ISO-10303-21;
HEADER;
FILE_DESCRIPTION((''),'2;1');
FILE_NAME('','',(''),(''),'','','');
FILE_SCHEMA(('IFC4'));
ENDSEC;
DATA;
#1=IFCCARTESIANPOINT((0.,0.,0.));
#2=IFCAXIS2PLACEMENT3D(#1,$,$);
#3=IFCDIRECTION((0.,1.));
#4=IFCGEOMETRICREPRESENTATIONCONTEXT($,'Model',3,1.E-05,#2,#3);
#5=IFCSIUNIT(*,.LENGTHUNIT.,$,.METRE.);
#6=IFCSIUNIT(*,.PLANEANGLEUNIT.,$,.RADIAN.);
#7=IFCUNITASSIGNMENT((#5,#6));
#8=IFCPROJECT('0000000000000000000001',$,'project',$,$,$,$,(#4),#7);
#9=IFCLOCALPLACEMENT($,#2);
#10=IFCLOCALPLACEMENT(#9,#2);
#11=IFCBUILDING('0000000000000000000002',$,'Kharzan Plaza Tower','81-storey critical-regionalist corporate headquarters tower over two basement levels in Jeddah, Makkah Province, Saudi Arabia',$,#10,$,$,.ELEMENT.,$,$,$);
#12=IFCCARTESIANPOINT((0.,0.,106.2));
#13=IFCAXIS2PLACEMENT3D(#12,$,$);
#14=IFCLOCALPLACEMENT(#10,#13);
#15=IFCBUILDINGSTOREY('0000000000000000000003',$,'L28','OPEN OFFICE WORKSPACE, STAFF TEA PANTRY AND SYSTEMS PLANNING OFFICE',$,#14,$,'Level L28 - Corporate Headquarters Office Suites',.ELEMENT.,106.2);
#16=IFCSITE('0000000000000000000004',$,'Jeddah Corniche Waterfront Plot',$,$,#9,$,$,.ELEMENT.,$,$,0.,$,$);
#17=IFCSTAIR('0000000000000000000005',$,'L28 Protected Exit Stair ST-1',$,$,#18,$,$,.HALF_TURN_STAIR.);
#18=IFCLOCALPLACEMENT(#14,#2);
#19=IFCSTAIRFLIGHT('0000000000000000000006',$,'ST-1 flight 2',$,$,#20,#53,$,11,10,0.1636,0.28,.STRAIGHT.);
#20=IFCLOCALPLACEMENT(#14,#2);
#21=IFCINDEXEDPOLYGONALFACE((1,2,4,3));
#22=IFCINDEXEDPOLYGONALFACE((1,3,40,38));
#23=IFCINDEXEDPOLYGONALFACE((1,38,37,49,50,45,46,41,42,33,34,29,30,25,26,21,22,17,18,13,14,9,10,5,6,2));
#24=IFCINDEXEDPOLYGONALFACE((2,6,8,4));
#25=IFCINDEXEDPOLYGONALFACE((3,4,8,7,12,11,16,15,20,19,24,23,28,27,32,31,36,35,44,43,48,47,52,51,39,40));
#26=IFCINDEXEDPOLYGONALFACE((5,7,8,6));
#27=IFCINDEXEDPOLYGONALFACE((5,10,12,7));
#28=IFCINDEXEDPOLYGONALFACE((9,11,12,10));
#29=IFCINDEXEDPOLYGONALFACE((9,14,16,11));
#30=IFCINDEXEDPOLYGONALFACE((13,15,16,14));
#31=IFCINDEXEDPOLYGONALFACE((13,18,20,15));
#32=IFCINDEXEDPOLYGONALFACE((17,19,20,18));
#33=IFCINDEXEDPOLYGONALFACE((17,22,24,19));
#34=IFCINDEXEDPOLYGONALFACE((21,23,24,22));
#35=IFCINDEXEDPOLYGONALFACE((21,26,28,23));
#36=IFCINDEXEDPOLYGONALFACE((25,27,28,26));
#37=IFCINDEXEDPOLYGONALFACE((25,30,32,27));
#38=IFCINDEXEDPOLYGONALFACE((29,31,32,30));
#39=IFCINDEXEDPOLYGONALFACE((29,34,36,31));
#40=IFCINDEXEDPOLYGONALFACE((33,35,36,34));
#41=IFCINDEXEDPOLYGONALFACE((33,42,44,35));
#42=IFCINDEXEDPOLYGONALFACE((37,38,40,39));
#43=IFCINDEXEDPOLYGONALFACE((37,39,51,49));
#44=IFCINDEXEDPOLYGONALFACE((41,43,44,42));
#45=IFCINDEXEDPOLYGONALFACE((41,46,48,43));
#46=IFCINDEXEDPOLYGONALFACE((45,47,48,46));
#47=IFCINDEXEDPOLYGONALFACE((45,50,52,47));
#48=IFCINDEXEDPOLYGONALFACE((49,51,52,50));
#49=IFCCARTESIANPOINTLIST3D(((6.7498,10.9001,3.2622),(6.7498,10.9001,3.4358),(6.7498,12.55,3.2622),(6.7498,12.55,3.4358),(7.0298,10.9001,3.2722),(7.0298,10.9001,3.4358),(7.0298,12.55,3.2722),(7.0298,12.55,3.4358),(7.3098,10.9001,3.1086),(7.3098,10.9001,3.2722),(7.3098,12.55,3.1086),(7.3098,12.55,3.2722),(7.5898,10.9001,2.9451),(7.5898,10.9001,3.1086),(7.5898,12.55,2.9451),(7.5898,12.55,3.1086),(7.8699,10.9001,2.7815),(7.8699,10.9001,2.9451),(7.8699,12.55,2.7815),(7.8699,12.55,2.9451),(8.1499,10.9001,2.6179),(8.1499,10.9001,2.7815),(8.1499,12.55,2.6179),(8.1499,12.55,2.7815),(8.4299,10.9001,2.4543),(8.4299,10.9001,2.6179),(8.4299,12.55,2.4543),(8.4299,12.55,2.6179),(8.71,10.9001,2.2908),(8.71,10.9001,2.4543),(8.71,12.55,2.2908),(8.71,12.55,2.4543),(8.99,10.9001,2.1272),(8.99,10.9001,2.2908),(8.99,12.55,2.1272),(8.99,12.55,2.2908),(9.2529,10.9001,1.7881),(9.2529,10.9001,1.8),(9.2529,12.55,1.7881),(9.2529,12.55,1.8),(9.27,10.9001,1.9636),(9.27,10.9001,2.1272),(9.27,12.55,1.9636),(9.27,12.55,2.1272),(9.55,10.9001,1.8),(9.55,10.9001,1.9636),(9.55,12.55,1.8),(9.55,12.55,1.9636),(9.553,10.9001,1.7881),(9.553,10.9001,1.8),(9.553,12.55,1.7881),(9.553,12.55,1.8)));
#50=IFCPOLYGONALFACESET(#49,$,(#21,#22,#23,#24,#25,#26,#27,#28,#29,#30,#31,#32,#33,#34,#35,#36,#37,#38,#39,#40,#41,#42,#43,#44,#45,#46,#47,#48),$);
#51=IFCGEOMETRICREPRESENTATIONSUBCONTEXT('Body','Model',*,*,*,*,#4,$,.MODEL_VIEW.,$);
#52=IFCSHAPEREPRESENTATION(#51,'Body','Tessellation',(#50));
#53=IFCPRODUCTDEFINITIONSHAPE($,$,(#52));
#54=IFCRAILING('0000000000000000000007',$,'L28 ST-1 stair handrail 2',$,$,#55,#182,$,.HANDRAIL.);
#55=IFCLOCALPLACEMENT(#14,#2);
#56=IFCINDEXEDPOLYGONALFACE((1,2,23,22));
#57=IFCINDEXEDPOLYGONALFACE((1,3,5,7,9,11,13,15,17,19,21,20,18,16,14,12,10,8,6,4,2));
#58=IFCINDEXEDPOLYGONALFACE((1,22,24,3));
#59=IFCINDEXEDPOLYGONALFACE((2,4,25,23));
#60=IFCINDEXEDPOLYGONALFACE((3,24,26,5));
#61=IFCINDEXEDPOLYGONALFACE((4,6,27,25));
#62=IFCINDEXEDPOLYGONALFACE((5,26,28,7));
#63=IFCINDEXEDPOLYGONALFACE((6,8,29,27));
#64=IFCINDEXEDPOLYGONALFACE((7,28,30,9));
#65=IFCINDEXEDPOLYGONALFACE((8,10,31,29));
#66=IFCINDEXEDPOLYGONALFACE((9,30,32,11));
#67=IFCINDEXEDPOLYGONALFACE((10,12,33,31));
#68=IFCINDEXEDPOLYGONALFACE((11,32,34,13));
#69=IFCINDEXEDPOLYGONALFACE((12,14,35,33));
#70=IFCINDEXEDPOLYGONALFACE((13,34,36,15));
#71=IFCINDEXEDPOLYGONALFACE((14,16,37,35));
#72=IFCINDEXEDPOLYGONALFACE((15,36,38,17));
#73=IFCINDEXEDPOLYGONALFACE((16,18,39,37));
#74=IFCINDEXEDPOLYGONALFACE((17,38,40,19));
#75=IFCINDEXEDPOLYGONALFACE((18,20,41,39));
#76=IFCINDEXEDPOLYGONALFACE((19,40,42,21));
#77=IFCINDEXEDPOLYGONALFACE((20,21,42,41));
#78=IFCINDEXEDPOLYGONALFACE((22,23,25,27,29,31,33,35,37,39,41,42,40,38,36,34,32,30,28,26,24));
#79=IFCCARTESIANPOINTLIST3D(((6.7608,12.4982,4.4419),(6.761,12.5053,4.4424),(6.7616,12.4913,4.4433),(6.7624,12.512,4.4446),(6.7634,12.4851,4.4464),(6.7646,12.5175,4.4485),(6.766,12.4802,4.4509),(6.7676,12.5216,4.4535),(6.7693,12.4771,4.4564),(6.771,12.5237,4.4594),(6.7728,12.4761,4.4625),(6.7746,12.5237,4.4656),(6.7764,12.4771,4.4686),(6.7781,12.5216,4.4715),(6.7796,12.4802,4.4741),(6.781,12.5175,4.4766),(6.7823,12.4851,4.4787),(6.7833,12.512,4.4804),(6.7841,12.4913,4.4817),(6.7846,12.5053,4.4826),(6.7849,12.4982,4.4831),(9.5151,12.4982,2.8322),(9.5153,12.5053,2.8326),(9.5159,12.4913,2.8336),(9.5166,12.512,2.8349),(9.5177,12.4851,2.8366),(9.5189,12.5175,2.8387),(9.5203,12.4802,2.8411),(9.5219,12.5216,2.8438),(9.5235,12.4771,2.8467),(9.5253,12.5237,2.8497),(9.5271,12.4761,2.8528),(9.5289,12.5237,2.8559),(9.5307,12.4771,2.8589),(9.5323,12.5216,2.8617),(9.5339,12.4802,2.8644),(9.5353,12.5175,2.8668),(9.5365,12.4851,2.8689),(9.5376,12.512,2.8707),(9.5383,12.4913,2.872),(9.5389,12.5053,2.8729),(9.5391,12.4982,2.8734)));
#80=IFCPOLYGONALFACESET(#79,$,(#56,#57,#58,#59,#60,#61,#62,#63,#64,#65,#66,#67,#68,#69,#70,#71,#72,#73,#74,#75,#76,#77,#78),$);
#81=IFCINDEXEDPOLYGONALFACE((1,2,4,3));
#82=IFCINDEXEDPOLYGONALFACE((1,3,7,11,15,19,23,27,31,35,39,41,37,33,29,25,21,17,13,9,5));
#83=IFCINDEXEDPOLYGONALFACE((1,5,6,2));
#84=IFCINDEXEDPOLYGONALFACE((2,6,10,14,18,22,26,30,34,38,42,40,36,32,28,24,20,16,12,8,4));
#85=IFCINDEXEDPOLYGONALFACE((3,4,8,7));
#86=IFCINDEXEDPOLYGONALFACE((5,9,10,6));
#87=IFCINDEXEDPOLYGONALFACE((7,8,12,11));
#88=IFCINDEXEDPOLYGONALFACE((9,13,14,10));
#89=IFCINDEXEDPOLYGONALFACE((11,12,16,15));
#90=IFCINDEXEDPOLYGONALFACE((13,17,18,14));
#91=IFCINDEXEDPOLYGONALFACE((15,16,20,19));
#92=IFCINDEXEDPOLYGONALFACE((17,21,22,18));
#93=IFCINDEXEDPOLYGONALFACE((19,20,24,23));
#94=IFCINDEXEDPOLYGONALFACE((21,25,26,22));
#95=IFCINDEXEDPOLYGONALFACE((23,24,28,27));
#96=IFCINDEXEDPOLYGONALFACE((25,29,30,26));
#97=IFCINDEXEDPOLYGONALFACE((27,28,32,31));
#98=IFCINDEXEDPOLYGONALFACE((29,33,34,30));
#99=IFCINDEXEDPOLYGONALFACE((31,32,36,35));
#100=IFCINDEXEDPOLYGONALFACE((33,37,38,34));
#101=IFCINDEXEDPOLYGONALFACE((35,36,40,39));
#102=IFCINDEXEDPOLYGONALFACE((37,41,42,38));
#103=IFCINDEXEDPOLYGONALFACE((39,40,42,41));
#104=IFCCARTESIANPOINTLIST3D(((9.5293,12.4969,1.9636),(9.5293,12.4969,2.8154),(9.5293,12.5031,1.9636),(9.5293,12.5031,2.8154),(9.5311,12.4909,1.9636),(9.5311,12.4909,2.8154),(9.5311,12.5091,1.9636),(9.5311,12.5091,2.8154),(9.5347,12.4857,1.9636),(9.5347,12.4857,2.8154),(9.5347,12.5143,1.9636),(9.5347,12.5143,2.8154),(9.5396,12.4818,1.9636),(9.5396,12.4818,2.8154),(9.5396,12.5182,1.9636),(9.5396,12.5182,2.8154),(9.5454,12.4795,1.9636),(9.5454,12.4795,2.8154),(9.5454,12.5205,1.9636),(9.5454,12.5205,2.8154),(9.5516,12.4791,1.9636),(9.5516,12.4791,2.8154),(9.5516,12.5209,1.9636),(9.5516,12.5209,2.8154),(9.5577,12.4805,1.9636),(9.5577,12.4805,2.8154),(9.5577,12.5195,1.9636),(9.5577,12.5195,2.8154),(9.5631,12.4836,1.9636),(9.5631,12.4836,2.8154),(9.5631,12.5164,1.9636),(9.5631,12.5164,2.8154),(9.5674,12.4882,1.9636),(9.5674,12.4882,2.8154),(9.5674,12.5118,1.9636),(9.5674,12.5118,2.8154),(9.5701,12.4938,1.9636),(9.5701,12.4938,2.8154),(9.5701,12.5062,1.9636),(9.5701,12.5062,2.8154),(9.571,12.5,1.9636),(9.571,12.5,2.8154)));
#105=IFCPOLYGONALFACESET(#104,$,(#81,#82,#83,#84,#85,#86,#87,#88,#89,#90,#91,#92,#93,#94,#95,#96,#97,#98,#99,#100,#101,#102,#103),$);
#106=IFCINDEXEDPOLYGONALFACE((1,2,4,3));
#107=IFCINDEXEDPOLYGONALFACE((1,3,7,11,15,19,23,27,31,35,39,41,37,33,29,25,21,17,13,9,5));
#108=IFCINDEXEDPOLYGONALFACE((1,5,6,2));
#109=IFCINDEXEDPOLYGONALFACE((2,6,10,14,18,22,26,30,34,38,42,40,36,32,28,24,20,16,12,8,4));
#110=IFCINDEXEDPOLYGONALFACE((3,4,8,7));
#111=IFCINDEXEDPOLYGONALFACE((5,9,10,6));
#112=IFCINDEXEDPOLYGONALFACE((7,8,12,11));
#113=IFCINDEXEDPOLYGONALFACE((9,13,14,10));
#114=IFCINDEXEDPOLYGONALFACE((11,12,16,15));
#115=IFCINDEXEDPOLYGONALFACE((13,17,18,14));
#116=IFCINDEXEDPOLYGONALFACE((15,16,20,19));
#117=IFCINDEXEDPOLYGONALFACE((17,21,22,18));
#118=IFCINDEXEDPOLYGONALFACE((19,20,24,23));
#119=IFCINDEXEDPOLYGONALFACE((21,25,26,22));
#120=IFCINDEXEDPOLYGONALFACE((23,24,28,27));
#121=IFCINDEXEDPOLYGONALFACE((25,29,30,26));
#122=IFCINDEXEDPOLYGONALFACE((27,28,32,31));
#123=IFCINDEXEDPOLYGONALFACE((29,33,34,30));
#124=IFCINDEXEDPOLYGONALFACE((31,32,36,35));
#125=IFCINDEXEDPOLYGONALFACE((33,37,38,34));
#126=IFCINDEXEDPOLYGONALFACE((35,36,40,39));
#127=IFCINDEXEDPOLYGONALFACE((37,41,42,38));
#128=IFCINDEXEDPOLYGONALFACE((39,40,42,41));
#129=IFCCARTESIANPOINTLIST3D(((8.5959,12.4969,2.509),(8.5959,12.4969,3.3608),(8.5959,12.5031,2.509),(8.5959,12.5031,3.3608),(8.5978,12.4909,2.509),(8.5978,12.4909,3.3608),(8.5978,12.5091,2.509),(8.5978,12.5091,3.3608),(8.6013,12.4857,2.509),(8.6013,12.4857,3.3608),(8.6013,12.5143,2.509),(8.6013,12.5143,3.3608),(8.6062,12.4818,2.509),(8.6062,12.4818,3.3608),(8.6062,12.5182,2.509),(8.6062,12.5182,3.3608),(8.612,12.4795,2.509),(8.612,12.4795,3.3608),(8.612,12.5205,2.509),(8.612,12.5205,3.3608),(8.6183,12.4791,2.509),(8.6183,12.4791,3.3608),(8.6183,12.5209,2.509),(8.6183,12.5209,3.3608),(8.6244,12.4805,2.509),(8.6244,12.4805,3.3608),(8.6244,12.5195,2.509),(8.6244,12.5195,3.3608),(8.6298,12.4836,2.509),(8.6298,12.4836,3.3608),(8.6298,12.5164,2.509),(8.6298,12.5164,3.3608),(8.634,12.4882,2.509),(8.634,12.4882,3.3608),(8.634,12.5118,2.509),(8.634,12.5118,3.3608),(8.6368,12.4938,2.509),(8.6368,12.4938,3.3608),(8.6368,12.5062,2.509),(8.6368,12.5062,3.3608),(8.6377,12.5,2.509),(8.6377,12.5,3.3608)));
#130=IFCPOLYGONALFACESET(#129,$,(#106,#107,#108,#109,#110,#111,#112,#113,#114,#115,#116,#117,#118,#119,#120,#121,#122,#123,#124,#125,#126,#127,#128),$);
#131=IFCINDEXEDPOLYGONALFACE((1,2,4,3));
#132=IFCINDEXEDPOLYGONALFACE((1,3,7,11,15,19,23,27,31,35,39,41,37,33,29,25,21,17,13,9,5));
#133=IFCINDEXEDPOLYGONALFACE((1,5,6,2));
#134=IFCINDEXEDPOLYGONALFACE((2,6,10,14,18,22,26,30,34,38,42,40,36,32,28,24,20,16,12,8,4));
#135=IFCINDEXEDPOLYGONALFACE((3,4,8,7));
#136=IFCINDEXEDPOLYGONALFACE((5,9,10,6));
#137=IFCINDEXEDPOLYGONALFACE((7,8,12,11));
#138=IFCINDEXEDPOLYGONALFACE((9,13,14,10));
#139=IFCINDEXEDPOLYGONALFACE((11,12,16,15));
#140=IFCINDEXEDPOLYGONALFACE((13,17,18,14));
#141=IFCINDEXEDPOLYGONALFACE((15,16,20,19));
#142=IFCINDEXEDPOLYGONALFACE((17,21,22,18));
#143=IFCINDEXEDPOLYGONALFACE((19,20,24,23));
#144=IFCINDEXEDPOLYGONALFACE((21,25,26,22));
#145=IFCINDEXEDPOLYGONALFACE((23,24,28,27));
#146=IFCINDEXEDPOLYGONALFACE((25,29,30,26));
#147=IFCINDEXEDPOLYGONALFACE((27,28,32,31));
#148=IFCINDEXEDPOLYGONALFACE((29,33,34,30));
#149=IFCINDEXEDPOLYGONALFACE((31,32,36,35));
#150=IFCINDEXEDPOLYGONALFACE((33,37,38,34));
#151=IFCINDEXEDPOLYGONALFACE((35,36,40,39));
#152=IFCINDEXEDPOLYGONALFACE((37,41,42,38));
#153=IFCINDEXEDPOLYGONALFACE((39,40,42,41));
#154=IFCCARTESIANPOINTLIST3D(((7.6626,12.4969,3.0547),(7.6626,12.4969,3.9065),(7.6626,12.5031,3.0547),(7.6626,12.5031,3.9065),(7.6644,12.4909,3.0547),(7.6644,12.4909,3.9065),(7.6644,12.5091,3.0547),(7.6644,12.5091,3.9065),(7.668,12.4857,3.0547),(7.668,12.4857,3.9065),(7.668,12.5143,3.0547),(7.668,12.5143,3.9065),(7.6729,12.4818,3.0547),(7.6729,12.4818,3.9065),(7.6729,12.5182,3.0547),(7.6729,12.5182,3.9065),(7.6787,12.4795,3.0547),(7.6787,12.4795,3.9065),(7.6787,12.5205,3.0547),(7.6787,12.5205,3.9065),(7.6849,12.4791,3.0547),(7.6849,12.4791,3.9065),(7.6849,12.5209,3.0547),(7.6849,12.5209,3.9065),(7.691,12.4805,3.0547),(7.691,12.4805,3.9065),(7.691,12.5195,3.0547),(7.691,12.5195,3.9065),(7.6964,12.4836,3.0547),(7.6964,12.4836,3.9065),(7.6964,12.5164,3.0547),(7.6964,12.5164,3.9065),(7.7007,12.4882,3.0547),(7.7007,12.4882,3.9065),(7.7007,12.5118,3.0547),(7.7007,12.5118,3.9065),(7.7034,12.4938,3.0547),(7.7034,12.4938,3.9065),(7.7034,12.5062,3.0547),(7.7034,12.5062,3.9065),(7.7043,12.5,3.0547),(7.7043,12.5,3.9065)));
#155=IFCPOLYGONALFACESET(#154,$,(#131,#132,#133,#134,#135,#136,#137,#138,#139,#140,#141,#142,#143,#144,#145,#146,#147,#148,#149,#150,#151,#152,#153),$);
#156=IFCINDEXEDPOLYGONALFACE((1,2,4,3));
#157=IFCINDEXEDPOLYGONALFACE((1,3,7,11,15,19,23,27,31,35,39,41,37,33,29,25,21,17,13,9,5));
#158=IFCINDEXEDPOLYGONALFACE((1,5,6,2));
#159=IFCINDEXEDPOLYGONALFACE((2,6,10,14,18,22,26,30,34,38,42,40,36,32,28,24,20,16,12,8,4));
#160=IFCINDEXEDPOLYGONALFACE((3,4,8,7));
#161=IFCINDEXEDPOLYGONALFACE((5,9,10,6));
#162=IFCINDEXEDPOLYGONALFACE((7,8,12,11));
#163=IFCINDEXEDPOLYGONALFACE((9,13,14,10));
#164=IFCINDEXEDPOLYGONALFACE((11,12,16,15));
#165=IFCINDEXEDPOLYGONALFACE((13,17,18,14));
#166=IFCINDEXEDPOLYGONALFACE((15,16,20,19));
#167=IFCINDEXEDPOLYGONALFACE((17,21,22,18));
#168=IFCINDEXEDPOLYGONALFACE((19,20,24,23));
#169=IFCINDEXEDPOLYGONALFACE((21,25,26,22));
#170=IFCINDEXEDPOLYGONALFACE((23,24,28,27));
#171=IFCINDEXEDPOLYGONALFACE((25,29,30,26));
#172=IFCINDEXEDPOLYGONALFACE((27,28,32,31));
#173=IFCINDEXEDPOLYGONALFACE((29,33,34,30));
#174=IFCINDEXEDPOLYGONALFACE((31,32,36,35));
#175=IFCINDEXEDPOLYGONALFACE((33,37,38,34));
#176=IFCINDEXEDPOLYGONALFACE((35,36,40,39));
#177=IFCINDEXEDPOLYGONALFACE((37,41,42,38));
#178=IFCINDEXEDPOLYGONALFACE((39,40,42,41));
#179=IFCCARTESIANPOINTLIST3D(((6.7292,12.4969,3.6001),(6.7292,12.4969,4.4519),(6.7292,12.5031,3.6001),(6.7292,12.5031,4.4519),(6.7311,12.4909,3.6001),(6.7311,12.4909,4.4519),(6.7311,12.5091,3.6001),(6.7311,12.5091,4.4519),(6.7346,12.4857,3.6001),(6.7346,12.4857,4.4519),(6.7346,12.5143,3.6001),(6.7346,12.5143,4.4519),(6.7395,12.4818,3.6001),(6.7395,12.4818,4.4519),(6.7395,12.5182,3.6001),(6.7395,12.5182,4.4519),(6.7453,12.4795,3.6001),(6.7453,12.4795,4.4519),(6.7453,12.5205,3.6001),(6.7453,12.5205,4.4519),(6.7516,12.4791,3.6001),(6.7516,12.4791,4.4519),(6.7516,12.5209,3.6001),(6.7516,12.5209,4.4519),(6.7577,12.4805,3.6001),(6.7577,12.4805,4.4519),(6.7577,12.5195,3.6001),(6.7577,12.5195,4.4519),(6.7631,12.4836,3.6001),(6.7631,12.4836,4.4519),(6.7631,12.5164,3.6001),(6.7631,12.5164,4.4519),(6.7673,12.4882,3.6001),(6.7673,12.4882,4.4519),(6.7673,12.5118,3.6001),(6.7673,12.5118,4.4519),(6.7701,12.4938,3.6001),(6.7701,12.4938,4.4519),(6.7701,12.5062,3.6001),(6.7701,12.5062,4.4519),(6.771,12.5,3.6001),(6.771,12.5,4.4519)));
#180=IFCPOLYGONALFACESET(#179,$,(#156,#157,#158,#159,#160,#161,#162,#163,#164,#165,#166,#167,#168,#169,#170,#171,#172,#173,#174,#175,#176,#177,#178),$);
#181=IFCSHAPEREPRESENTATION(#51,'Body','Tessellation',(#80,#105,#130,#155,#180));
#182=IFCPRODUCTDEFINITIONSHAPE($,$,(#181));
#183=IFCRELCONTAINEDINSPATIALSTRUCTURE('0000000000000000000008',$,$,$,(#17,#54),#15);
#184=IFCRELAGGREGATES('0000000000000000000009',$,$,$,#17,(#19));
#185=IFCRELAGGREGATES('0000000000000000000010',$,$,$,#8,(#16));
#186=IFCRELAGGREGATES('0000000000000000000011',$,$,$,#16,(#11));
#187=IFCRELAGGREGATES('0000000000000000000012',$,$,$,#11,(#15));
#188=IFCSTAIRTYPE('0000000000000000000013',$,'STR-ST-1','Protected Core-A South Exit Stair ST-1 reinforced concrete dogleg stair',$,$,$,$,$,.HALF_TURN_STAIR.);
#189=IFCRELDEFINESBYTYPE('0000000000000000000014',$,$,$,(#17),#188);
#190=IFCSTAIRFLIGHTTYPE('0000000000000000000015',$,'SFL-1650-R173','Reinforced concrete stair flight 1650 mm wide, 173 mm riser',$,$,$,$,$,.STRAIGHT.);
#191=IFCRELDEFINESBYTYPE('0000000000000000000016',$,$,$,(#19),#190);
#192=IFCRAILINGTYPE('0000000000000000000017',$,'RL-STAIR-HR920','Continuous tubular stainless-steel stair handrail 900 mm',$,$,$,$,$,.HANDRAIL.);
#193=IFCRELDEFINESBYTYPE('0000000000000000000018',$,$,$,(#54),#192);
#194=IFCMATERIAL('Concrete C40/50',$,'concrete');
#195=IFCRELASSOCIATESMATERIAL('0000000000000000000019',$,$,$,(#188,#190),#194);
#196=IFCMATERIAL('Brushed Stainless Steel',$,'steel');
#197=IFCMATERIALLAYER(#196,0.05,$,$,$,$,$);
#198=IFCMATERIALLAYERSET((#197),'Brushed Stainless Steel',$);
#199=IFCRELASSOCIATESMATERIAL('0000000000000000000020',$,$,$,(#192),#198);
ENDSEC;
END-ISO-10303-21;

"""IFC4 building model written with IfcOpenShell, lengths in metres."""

from ifc_helpers import new_model, si_unit, direction, frame, origin, origin_2d, place, context, subcontext, project, spatial, polyline, circle, outline, extrude, source, transform, mapped, material, layer, layer_set, type_object, element, aggregate, save


model = new_model("IFC4")

# Units and contexts
model_context = context("Model", 3, precision=1e-05, world=origin(), true_north=direction((0.0, 1.0)))
body_context = subcontext(model_context, "Body", "Model", "MODEL_VIEW")
ifc_project = project(units=[si_unit("LENGTHUNIT", "METRE"), si_unit("PLANEANGLEUNIT", "RADIAN")], contexts=[model_context])

# Site, building, storey
site_placement = place(None, origin())
site = spatial("IfcSite", under=ifc_project, at=site_placement, Name="Jeddah Corniche Waterfront Plot", CompositionType="ELEMENT", RefElevation=0.0)
building_placement = place(site_placement, origin())
building = spatial("IfcBuilding", under=site, at=building_placement, Name="Kharzan Plaza Tower", Description="81-storey critical-regionalist corporate headquarters tower over two basement levels in Jeddah, Makkah Province, Saudi Arabia", CompositionType="ELEMENT")
storey_placement = place(building_placement, frame((0.0, 0.0, 106.2)))
storey = spatial("IfcBuildingStorey", under=building, at=storey_placement, Name="L28", Description="OPEN OFFICE WORKSPACE, STAFF TEA PANTRY AND SYSTEMS PLANNING OFFICE", LongName="Level L28 - Corporate Headquarters Office Suites", CompositionType="ELEMENT", Elevation=106.2)

# Shared definitions
ifc_material_1 = material(Name="Concrete C40/50", Category="concrete")
ifc_material_2 = material(Name="Brushed Stainless Steel", Category="steel")

# Stair, stair flight
stair_type = type_object("IfcStairType", Name="STR-ST-1", Description="Protected Core-A South Exit Stair ST-1 reinforced concrete dogleg stair", PredefinedType="HALF_TURN_STAIR", material=ifc_material_1)
stair_placement = place(storey_placement, origin())
stair = element("IfcStair", 1, at=stair_placement, inside=storey, type_object=stair_type, Name="L28 Protected Exit Stair ST-1", PredefinedType="HALF_TURN_STAIR")
stair_flight_type = type_object("IfcStairFlightType", Name="SFL-1650-R173", Description="Reinforced concrete stair flight 1650 mm wide, 173 mm riser", PredefinedType="STRAIGHT", material=ifc_material_1)
shared_shape_1 = source(origin(), body_context, "Body", "SweptSolid", [
    extrude(outline(polyline([(-0.0029, -0.012), (-0.0029, 0.0), (0.0, 0.0), (0.0, 0.1636), (0.28, 0.1636), (0.28, 0.3271), (0.5601, 0.3271), (0.5601, 0.4907), (0.8401, 0.4907), (0.8401, 0.6543), (1.1201, 0.6543), (1.1201, 0.8179), (1.4001, 0.8179), (1.4001, 0.9814), (1.6802, 0.9814), (1.6802, 1.145), (1.9602, 1.145), (1.9602, 1.3086), (2.2402, 1.3086), (2.2402, 1.4722), (2.5203, 1.4722), (2.5203, 1.6357), (2.8003, 1.6357), (2.8003, 1.7993), (2.8003, 1.4622), (0.2971, 0.0), (0.2971, -0.012), (-0.0029, -0.012)])), frame((0.0, 0.825, 0.0), z_axis=(0.0, -1.0, 0.0), x_axis=(1.0, 0.0, 0.0)), (0.0, 0.0, 1.0), 1.6499),
])
stair_flight_placement = place(storey_placement, frame((9.55, 11.7251, 1.8), z_axis=(0.0, 0.0, 1.0), x_axis=(-1.0, 0.0, 0.0)))
stair_flight = element("IfcStairFlight", 2, at=stair_flight_placement, type_object=stair_flight_type, Name="ST-1 flight 2", NumberOfRisers=11, NumberOfTreads=10, PredefinedType="STRAIGHT", RiserHeight=0.1636, TreadLength=0.28, context=body_context, shape_type="MappedRepresentation", body=[
    mapped(shared_shape_1, transform((0.0, 0.0, 0.0), x_axis=(1.0, 0.0, 0.0), y_axis=(0.0, 1.0, 0.0), z_axis=(0.0, 0.0, 1.0))),
])
aggregate(stair, [stair_flight])

# Railing
ifc_layer_1 = layer(ifc_material_2, 0.05)
ifc_layer_set_1 = layer_set([ifc_layer_1], Name="Brushed Stainless Steel")
railing_type = type_object("IfcRailingType", Name="RL-STAIR-HR920", Description="Continuous tubular stainless-steel stair handrail 900 mm", PredefinedType="HANDRAIL", material=ifc_layer_set_1)
shared_shape_2 = source(origin(), body_context, "Body", "SweptSolid", [
    extrude(circle(Radius=0.0239, at=origin_2d()), frame((-0.0229, 0.0, 0.8892), z_axis=(-0.863361, 0.0, 0.504587), x_axis=(0.0, -1.0, 0.0)), (0.0, 0.0, 1.0), 3.1902),
    extrude(circle(Radius=0.021, at=origin_2d()), origin(), (0.0, 0.0, 1.0), 0.8518),
    extrude(circle(Radius=0.021, at=origin_2d()), frame((-0.9333, 0.0, 0.5454)), (0.0, 0.0, 1.0), 0.8518),
    extrude(circle(Radius=0.021, at=origin_2d()), frame((-1.8667, 0.0, 1.0911)), (0.0, 0.0, 1.0), 0.8518),
    extrude(circle(Radius=0.021, at=origin_2d()), frame((-2.8, 0.0, 1.6365)), (0.0, 0.0, 1.0), 0.8518),
])
railing_placement = place(storey_placement, frame((9.55, 12.5, 1.9636)))
element("IfcRailing", 3, at=railing_placement, inside=storey, type_object=railing_type, Name="L28 ST-1 stair handrail 2", PredefinedType="HANDRAIL", context=body_context, shape_type="MappedRepresentation", body=[
    mapped(shared_shape_2, transform((0.0, 0.0, 0.0), x_axis=(1.0, 0.0, 0.0), y_axis=(0.0, 1.0, 0.0), z_axis=(0.0, 0.0, 1.0))),
])

save(model, "model.ifc")
